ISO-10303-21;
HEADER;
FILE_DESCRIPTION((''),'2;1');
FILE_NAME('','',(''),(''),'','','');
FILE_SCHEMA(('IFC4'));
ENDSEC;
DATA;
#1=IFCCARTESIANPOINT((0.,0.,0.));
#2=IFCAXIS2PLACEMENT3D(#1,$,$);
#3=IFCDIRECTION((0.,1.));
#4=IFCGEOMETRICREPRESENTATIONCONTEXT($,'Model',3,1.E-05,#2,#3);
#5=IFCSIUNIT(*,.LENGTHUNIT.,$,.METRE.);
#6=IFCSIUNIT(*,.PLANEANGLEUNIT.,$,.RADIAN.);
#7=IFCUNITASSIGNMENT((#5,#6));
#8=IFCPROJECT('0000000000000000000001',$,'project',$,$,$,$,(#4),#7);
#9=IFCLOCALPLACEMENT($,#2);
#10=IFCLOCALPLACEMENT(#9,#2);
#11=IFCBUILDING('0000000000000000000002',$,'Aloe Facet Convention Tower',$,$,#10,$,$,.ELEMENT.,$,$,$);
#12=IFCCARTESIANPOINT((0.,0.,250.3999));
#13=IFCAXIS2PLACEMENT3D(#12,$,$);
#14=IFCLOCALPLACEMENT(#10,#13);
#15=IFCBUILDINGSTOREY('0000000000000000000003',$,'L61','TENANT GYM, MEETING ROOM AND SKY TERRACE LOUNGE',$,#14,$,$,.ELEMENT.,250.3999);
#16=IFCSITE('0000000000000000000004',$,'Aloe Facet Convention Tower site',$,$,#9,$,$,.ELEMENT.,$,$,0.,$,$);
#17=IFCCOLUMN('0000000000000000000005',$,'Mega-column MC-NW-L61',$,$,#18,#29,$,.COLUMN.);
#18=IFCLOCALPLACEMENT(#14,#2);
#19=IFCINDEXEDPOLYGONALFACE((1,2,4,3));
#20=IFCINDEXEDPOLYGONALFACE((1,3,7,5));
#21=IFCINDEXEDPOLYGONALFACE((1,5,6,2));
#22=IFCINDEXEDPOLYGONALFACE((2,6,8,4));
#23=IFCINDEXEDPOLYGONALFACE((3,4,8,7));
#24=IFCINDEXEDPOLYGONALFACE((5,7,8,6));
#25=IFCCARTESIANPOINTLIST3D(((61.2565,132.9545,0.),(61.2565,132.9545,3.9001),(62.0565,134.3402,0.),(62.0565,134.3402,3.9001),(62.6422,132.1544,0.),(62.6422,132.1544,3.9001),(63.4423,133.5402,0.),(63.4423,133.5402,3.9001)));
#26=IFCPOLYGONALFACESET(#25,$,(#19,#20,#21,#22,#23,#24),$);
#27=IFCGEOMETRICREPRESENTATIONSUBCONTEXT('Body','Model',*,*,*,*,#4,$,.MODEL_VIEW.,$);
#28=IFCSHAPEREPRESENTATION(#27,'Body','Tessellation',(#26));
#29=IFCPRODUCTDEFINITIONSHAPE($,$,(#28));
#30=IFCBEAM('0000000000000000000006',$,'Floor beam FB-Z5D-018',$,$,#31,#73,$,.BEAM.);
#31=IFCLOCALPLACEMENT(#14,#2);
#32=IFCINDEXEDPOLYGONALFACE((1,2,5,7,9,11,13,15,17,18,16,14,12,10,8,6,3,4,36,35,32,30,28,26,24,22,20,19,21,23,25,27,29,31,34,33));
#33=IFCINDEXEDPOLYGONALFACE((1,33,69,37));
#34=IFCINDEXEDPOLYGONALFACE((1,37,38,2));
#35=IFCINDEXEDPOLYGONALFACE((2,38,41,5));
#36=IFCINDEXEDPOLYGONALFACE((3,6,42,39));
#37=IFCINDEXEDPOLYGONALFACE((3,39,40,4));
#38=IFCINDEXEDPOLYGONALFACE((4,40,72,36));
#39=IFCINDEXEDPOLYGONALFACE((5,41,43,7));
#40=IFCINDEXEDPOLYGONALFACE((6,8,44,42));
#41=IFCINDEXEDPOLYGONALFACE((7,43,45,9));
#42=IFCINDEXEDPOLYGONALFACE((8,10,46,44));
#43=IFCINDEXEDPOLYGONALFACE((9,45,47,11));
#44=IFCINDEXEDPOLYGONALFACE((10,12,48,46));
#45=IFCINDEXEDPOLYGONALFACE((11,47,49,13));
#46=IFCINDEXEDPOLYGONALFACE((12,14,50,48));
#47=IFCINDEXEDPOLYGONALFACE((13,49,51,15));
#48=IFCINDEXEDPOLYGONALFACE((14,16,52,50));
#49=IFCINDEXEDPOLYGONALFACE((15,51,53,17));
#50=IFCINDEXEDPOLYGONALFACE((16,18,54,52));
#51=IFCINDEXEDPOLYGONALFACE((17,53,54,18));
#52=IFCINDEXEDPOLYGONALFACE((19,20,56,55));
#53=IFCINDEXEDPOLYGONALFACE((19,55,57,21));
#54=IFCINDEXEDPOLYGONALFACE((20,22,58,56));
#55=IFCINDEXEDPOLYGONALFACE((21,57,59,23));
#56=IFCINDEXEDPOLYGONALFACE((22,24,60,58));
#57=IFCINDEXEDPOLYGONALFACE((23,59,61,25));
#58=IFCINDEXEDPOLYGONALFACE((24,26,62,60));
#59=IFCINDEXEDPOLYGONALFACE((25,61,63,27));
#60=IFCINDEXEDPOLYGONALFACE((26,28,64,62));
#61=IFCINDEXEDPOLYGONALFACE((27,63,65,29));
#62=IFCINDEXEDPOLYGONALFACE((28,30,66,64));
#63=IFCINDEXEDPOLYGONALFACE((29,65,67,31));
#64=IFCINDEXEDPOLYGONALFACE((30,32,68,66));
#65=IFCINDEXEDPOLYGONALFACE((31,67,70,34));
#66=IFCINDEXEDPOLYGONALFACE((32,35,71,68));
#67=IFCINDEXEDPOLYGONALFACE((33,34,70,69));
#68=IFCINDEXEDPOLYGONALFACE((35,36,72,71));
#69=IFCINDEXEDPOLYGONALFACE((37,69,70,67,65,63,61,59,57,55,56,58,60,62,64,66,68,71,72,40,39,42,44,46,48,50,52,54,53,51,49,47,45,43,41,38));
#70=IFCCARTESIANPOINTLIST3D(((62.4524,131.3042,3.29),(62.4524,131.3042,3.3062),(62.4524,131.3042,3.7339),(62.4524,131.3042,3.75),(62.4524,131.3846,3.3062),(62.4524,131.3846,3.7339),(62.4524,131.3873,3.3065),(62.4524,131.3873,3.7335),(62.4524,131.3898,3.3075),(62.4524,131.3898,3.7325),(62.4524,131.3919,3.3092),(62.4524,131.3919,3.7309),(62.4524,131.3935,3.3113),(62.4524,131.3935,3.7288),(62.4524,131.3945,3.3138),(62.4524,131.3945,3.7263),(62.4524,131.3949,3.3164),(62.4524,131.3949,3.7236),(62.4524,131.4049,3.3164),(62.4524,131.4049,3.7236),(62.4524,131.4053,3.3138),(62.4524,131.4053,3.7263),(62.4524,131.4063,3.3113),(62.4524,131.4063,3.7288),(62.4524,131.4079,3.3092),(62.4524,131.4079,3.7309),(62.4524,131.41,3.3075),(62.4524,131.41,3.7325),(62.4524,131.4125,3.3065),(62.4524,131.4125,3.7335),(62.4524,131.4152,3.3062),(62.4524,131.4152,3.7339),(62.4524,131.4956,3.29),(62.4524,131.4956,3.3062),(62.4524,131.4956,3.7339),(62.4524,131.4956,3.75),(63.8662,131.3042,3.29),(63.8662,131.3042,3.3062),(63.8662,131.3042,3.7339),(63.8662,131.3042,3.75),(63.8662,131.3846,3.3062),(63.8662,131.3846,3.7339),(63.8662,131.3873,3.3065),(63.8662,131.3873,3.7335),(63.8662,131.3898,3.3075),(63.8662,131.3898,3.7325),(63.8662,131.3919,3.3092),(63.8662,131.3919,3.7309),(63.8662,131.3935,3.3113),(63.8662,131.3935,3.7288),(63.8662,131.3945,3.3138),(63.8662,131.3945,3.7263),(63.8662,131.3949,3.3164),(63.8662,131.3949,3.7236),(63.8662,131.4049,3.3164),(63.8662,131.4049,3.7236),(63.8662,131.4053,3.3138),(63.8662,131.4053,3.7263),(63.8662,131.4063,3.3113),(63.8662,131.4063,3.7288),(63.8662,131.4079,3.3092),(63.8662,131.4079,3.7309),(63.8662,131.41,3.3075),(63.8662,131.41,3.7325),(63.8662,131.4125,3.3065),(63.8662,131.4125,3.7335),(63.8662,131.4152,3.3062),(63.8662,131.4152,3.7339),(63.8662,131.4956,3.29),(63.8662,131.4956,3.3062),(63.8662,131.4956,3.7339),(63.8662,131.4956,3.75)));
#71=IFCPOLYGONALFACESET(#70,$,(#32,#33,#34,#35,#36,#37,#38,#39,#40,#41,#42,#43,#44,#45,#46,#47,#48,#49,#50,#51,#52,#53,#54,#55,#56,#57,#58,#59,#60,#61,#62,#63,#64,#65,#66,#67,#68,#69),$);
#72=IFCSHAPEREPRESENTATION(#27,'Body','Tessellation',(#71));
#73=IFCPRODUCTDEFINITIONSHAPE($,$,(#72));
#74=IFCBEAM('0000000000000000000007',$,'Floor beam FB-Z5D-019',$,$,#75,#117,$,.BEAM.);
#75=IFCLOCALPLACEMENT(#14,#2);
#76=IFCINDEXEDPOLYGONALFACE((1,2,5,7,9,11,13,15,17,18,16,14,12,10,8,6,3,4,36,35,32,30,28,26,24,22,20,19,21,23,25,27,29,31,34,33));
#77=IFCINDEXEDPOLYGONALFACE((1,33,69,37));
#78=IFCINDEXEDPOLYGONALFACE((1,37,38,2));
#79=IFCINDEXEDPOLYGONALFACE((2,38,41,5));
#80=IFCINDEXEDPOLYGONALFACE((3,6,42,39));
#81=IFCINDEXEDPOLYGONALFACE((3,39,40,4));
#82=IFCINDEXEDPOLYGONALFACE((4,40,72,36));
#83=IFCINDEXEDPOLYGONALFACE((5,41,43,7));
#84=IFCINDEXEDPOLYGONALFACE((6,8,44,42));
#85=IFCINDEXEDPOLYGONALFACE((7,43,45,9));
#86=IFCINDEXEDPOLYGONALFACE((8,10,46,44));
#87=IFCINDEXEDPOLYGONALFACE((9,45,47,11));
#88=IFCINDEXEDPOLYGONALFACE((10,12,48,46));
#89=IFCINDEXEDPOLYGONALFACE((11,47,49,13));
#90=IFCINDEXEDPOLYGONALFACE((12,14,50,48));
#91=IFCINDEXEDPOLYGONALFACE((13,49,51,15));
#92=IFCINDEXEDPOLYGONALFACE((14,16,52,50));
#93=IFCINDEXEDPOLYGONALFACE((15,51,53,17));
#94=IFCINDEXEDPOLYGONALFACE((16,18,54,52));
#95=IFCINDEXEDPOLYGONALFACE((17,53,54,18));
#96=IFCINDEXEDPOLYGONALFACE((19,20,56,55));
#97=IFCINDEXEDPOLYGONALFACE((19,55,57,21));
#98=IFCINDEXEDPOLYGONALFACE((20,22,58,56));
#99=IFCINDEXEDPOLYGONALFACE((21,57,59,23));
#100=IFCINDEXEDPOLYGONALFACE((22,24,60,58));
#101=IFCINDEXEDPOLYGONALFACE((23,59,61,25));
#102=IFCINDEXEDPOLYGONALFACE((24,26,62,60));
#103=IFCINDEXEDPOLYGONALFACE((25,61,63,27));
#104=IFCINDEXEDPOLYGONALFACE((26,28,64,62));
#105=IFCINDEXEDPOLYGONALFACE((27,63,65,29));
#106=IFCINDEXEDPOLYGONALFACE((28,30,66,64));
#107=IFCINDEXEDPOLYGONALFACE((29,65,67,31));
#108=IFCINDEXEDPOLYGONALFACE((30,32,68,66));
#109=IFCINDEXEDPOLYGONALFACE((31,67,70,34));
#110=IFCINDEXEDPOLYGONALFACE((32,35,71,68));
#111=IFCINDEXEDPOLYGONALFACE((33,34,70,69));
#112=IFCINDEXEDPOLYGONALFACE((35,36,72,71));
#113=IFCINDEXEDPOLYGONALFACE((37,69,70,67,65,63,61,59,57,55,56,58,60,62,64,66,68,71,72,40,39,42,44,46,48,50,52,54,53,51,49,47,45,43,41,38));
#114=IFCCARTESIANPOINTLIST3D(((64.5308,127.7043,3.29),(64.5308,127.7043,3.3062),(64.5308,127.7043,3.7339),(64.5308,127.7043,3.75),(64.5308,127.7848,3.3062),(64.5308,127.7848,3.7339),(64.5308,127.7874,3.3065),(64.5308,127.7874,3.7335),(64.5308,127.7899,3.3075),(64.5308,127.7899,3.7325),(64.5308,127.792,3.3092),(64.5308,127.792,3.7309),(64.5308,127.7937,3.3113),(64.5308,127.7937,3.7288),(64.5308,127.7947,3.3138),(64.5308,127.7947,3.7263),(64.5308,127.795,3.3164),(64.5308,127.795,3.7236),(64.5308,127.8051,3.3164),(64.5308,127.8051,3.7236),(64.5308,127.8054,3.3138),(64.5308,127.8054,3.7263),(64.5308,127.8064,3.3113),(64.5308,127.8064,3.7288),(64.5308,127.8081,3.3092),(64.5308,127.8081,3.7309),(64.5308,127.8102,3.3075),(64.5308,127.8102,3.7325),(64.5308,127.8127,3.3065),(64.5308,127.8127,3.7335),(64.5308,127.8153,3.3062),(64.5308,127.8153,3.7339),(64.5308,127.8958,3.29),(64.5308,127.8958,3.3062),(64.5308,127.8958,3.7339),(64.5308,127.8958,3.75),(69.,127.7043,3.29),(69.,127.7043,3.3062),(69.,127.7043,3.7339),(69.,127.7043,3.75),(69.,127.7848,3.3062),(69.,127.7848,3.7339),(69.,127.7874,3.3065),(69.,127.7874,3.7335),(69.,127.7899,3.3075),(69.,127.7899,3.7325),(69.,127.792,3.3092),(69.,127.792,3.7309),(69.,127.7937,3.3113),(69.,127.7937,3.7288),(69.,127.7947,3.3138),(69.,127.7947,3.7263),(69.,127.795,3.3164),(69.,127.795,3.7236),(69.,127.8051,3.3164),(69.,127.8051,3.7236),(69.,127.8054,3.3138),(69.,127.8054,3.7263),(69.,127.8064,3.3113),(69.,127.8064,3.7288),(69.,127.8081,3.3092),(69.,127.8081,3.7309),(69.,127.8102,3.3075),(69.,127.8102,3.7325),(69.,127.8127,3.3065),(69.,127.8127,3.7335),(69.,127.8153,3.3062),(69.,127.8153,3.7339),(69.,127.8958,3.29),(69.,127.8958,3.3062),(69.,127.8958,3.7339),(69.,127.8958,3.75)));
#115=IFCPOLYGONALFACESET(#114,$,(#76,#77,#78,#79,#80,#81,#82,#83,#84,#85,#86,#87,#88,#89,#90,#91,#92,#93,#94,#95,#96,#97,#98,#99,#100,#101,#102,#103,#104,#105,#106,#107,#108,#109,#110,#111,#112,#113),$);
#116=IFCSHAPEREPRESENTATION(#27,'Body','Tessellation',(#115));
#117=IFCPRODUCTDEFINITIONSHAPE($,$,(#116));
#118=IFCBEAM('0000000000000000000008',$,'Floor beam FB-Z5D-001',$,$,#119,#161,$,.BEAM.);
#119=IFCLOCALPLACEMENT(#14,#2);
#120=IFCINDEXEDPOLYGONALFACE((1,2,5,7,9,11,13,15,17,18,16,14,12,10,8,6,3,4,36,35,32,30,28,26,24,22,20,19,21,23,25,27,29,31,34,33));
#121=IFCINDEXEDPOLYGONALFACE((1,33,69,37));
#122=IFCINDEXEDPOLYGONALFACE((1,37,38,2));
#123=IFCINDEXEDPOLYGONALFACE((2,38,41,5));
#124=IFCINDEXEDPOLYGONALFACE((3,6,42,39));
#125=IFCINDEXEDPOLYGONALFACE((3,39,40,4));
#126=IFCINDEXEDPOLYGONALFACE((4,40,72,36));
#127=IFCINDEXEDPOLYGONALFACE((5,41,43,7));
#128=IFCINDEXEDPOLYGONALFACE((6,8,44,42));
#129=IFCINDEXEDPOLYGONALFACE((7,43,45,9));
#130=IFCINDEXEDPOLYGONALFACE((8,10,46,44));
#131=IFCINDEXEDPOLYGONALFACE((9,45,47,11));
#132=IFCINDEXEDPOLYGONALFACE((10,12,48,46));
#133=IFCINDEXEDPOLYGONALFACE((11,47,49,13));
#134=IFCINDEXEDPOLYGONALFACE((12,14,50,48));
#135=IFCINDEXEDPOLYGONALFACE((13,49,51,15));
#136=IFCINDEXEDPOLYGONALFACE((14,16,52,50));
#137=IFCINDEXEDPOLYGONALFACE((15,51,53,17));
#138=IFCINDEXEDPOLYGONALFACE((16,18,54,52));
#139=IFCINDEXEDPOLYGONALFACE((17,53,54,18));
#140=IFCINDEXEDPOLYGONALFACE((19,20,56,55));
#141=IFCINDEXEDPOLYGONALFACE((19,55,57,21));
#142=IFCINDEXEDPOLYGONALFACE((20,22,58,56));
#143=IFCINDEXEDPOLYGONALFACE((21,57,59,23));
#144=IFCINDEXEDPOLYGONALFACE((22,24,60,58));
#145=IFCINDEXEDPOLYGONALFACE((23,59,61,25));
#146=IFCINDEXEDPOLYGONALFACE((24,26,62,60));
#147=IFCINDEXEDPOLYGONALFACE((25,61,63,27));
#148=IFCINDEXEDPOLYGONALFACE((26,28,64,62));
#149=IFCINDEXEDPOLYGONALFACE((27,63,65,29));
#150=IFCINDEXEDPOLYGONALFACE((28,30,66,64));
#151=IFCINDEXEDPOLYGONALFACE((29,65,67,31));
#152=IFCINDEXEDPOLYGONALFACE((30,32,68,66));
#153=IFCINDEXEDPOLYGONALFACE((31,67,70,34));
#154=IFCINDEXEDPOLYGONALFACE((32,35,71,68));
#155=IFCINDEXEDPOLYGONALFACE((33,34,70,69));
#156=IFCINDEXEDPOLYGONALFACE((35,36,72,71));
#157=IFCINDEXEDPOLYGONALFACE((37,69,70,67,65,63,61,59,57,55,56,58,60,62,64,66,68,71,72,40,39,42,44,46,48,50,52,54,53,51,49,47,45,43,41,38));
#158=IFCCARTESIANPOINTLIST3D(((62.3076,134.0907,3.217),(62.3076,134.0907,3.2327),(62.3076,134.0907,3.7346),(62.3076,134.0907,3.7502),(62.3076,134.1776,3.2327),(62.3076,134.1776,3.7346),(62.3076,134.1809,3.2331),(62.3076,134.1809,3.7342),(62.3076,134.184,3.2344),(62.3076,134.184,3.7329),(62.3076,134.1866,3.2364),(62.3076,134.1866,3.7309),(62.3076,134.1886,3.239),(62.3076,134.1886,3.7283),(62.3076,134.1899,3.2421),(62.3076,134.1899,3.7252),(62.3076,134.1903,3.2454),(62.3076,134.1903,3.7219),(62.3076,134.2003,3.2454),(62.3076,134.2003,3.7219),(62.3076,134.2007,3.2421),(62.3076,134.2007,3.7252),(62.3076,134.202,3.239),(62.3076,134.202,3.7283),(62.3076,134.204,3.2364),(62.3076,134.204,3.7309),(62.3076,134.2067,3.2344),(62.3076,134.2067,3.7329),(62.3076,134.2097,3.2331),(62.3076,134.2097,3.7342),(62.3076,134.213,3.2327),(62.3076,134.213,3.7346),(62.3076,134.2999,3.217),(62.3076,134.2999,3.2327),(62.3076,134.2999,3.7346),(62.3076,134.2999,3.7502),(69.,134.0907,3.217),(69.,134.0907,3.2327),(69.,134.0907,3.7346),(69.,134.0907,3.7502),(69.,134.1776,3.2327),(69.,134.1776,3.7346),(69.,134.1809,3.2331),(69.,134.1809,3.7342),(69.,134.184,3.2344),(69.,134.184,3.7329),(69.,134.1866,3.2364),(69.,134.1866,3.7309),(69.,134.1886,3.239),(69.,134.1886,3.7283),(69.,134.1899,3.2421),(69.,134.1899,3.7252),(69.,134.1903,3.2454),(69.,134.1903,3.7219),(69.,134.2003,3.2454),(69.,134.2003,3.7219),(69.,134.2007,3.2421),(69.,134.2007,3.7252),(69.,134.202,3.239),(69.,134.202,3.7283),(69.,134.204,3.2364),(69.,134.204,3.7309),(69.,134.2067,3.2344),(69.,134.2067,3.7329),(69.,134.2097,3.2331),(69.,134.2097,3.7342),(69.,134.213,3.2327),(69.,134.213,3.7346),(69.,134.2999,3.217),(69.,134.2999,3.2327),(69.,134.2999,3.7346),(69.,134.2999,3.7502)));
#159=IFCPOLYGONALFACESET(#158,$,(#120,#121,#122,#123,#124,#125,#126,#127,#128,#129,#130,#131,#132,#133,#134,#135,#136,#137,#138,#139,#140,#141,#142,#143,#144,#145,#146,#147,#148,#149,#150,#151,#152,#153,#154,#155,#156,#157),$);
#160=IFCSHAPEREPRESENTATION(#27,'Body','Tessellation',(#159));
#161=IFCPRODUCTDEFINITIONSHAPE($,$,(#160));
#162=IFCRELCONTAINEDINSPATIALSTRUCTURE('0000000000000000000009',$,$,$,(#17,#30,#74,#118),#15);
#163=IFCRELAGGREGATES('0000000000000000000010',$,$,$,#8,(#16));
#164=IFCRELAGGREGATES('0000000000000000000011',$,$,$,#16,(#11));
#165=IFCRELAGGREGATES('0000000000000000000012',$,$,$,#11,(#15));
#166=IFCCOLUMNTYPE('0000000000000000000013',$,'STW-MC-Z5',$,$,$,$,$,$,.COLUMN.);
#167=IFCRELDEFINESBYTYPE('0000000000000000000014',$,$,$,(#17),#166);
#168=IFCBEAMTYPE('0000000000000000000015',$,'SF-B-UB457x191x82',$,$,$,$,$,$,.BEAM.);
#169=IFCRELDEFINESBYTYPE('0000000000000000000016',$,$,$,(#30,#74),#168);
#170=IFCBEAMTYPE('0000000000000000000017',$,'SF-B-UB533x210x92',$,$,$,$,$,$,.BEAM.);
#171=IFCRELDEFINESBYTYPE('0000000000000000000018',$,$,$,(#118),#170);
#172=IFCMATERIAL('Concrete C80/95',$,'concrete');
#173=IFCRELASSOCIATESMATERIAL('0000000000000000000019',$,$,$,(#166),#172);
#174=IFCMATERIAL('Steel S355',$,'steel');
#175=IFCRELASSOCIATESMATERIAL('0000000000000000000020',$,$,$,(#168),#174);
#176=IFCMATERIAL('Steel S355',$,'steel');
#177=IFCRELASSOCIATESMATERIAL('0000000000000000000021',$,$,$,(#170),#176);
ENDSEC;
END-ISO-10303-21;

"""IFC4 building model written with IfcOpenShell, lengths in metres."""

from ifc_helpers import new_model, si_unit, direction, frame, origin, origin_2d, place, context, subcontext, project, spatial, rectangle, i_section, extrude, material, material_profile, profile_set, type_object, element, save


model = new_model("IFC4")

# Units and contexts
model_context = context("Model", 3, precision=1e-05, world=origin(), true_north=direction((0.0, 1.0)))
body_context = subcontext(model_context, "Body", "Model", "MODEL_VIEW")
ifc_project = project(units=[si_unit("LENGTHUNIT", "METRE"), si_unit("PLANEANGLEUNIT", "RADIAN")], contexts=[model_context])

# Site, building, storey
site_placement = place(None, origin())
site = spatial("IfcSite", under=ifc_project, at=site_placement, Name="Aloe Facet Convention Tower site", CompositionType="ELEMENT", RefElevation=0.0)
building_placement = place(site_placement, origin())
building = spatial("IfcBuilding", under=site, at=building_placement, Name="Aloe Facet Convention Tower", CompositionType="ELEMENT")
storey_placement = place(building_placement, frame((0.0, 0.0, 250.3999)))
storey = spatial("IfcBuildingStorey", under=building, at=storey_placement, Name="L61", Description="TENANT GYM, MEETING ROOM AND SKY TERRACE LOUNGE", CompositionType="ELEMENT", Elevation=250.3999)

# Column
ifc_material_1 = material(Name="Concrete C80/95", Category="concrete")
ifc_material_profile_1 = material_profile(ifc_material_1, rectangle(XDim=1.6001, YDim=1.6001, at=origin_2d()), Name="STW-MC-Z5")
ifc_profile_set_1 = profile_set([ifc_material_profile_1], Name="Concrete C80/95")
column_type = type_object("IfcColumnType", Name="STW-MC-Z5", PredefinedType="COLUMN", material=ifc_profile_set_1)
column_placement = place(storey_placement, frame((62.3494, 133.2473, 0.0), z_axis=(0.0, 0.0, 1.0), x_axis=(-0.5, -0.866025, 0.0)))
element("IfcColumn", 1, at=column_placement, inside=storey, type_object=column_type, Name="Mega-column MC-NW-L61", PredefinedType="COLUMN", context=body_context, shape_type="SweptSolid", body=[
    extrude(rectangle(XDim=1.6001, YDim=1.6001, at=origin_2d()), origin(), (0.0, 0.0, 1.0), 3.9001),
])

# Beams
ifc_material_2 = material(Name="Steel S355", Category="steel")
ifc_material_profile_2 = material_profile(ifc_material_2, i_section(OverallWidth=0.1914, OverallDepth=0.46, WebThickness=0.01, FlangeThickness=0.0161, FilletRadius=0.0103, at=origin_2d()), Name="UB 457x191x82")
ifc_profile_set_2 = profile_set([ifc_material_profile_2], Name="Steel S355")
beam_type_1 = type_object("IfcBeamType", Name="SF-B-UB457x191x82", PredefinedType="BEAM", material=ifc_profile_set_2)
beam_1_placement = place(storey_placement, frame((62.4524, 131.3999, 3.52), z_axis=(1.0, 0.0, 0.0), x_axis=(0.0, 1.0, 0.0)))
element("IfcBeam", 2, at=beam_1_placement, inside=storey, type_object=beam_type_1, Name="Floor beam FB-Z5D-018", PredefinedType="BEAM", context=body_context, shape_type="SweptSolid", body=[
    extrude(i_section(OverallWidth=0.1914, OverallDepth=0.46, WebThickness=0.01, FlangeThickness=0.0161, FilletRadius=0.0103, at=origin_2d()), origin(), (0.0, 0.0, 1.0), 1.4138),
])
beam_2_placement = place(storey_placement, frame((64.5308, 127.8, 3.52), z_axis=(1.0, 0.0, 0.0), x_axis=(0.0, 1.0, 0.0)))
element("IfcBeam", 3, at=beam_2_placement, inside=storey, type_object=beam_type_1, Name="Floor beam FB-Z5D-019", PredefinedType="BEAM", context=body_context, shape_type="SweptSolid", body=[
    extrude(i_section(OverallWidth=0.1914, OverallDepth=0.46, WebThickness=0.01, FlangeThickness=0.0161, FilletRadius=0.0103, at=origin_2d()), origin(), (0.0, 0.0, 1.0), 4.4692),
])
ifc_material_3 = material(Name="Steel S355", Category="steel")
ifc_material_profile_3 = material_profile(ifc_material_3, i_section(OverallWidth=0.2092, OverallDepth=0.5332, WebThickness=0.01, FlangeThickness=0.0156, FilletRadius=0.0127, at=origin_2d()), Name="UB 533x210x92")
ifc_profile_set_3 = profile_set([ifc_material_profile_3], Name="Steel S355")
beam_type_2 = type_object("IfcBeamType", Name="SF-B-UB533x210x92", PredefinedType="BEAM", material=ifc_profile_set_3)
beam_3_placement = place(storey_placement, frame((62.3076, 134.1953, 3.4836), z_axis=(1.0, 0.0, 0.0), x_axis=(0.0, 1.0, 0.0)))
element("IfcBeam", 4, at=beam_3_placement, inside=storey, type_object=beam_type_2, Name="Floor beam FB-Z5D-001", PredefinedType="BEAM", context=body_context, shape_type="SweptSolid", body=[
    extrude(i_section(OverallWidth=0.2092, OverallDepth=0.5332, WebThickness=0.01, FlangeThickness=0.0156, FilletRadius=0.0127, at=origin_2d()), origin(), (0.0, 0.0, 1.0), 6.6924),
])

save(model, "model.ifc")
